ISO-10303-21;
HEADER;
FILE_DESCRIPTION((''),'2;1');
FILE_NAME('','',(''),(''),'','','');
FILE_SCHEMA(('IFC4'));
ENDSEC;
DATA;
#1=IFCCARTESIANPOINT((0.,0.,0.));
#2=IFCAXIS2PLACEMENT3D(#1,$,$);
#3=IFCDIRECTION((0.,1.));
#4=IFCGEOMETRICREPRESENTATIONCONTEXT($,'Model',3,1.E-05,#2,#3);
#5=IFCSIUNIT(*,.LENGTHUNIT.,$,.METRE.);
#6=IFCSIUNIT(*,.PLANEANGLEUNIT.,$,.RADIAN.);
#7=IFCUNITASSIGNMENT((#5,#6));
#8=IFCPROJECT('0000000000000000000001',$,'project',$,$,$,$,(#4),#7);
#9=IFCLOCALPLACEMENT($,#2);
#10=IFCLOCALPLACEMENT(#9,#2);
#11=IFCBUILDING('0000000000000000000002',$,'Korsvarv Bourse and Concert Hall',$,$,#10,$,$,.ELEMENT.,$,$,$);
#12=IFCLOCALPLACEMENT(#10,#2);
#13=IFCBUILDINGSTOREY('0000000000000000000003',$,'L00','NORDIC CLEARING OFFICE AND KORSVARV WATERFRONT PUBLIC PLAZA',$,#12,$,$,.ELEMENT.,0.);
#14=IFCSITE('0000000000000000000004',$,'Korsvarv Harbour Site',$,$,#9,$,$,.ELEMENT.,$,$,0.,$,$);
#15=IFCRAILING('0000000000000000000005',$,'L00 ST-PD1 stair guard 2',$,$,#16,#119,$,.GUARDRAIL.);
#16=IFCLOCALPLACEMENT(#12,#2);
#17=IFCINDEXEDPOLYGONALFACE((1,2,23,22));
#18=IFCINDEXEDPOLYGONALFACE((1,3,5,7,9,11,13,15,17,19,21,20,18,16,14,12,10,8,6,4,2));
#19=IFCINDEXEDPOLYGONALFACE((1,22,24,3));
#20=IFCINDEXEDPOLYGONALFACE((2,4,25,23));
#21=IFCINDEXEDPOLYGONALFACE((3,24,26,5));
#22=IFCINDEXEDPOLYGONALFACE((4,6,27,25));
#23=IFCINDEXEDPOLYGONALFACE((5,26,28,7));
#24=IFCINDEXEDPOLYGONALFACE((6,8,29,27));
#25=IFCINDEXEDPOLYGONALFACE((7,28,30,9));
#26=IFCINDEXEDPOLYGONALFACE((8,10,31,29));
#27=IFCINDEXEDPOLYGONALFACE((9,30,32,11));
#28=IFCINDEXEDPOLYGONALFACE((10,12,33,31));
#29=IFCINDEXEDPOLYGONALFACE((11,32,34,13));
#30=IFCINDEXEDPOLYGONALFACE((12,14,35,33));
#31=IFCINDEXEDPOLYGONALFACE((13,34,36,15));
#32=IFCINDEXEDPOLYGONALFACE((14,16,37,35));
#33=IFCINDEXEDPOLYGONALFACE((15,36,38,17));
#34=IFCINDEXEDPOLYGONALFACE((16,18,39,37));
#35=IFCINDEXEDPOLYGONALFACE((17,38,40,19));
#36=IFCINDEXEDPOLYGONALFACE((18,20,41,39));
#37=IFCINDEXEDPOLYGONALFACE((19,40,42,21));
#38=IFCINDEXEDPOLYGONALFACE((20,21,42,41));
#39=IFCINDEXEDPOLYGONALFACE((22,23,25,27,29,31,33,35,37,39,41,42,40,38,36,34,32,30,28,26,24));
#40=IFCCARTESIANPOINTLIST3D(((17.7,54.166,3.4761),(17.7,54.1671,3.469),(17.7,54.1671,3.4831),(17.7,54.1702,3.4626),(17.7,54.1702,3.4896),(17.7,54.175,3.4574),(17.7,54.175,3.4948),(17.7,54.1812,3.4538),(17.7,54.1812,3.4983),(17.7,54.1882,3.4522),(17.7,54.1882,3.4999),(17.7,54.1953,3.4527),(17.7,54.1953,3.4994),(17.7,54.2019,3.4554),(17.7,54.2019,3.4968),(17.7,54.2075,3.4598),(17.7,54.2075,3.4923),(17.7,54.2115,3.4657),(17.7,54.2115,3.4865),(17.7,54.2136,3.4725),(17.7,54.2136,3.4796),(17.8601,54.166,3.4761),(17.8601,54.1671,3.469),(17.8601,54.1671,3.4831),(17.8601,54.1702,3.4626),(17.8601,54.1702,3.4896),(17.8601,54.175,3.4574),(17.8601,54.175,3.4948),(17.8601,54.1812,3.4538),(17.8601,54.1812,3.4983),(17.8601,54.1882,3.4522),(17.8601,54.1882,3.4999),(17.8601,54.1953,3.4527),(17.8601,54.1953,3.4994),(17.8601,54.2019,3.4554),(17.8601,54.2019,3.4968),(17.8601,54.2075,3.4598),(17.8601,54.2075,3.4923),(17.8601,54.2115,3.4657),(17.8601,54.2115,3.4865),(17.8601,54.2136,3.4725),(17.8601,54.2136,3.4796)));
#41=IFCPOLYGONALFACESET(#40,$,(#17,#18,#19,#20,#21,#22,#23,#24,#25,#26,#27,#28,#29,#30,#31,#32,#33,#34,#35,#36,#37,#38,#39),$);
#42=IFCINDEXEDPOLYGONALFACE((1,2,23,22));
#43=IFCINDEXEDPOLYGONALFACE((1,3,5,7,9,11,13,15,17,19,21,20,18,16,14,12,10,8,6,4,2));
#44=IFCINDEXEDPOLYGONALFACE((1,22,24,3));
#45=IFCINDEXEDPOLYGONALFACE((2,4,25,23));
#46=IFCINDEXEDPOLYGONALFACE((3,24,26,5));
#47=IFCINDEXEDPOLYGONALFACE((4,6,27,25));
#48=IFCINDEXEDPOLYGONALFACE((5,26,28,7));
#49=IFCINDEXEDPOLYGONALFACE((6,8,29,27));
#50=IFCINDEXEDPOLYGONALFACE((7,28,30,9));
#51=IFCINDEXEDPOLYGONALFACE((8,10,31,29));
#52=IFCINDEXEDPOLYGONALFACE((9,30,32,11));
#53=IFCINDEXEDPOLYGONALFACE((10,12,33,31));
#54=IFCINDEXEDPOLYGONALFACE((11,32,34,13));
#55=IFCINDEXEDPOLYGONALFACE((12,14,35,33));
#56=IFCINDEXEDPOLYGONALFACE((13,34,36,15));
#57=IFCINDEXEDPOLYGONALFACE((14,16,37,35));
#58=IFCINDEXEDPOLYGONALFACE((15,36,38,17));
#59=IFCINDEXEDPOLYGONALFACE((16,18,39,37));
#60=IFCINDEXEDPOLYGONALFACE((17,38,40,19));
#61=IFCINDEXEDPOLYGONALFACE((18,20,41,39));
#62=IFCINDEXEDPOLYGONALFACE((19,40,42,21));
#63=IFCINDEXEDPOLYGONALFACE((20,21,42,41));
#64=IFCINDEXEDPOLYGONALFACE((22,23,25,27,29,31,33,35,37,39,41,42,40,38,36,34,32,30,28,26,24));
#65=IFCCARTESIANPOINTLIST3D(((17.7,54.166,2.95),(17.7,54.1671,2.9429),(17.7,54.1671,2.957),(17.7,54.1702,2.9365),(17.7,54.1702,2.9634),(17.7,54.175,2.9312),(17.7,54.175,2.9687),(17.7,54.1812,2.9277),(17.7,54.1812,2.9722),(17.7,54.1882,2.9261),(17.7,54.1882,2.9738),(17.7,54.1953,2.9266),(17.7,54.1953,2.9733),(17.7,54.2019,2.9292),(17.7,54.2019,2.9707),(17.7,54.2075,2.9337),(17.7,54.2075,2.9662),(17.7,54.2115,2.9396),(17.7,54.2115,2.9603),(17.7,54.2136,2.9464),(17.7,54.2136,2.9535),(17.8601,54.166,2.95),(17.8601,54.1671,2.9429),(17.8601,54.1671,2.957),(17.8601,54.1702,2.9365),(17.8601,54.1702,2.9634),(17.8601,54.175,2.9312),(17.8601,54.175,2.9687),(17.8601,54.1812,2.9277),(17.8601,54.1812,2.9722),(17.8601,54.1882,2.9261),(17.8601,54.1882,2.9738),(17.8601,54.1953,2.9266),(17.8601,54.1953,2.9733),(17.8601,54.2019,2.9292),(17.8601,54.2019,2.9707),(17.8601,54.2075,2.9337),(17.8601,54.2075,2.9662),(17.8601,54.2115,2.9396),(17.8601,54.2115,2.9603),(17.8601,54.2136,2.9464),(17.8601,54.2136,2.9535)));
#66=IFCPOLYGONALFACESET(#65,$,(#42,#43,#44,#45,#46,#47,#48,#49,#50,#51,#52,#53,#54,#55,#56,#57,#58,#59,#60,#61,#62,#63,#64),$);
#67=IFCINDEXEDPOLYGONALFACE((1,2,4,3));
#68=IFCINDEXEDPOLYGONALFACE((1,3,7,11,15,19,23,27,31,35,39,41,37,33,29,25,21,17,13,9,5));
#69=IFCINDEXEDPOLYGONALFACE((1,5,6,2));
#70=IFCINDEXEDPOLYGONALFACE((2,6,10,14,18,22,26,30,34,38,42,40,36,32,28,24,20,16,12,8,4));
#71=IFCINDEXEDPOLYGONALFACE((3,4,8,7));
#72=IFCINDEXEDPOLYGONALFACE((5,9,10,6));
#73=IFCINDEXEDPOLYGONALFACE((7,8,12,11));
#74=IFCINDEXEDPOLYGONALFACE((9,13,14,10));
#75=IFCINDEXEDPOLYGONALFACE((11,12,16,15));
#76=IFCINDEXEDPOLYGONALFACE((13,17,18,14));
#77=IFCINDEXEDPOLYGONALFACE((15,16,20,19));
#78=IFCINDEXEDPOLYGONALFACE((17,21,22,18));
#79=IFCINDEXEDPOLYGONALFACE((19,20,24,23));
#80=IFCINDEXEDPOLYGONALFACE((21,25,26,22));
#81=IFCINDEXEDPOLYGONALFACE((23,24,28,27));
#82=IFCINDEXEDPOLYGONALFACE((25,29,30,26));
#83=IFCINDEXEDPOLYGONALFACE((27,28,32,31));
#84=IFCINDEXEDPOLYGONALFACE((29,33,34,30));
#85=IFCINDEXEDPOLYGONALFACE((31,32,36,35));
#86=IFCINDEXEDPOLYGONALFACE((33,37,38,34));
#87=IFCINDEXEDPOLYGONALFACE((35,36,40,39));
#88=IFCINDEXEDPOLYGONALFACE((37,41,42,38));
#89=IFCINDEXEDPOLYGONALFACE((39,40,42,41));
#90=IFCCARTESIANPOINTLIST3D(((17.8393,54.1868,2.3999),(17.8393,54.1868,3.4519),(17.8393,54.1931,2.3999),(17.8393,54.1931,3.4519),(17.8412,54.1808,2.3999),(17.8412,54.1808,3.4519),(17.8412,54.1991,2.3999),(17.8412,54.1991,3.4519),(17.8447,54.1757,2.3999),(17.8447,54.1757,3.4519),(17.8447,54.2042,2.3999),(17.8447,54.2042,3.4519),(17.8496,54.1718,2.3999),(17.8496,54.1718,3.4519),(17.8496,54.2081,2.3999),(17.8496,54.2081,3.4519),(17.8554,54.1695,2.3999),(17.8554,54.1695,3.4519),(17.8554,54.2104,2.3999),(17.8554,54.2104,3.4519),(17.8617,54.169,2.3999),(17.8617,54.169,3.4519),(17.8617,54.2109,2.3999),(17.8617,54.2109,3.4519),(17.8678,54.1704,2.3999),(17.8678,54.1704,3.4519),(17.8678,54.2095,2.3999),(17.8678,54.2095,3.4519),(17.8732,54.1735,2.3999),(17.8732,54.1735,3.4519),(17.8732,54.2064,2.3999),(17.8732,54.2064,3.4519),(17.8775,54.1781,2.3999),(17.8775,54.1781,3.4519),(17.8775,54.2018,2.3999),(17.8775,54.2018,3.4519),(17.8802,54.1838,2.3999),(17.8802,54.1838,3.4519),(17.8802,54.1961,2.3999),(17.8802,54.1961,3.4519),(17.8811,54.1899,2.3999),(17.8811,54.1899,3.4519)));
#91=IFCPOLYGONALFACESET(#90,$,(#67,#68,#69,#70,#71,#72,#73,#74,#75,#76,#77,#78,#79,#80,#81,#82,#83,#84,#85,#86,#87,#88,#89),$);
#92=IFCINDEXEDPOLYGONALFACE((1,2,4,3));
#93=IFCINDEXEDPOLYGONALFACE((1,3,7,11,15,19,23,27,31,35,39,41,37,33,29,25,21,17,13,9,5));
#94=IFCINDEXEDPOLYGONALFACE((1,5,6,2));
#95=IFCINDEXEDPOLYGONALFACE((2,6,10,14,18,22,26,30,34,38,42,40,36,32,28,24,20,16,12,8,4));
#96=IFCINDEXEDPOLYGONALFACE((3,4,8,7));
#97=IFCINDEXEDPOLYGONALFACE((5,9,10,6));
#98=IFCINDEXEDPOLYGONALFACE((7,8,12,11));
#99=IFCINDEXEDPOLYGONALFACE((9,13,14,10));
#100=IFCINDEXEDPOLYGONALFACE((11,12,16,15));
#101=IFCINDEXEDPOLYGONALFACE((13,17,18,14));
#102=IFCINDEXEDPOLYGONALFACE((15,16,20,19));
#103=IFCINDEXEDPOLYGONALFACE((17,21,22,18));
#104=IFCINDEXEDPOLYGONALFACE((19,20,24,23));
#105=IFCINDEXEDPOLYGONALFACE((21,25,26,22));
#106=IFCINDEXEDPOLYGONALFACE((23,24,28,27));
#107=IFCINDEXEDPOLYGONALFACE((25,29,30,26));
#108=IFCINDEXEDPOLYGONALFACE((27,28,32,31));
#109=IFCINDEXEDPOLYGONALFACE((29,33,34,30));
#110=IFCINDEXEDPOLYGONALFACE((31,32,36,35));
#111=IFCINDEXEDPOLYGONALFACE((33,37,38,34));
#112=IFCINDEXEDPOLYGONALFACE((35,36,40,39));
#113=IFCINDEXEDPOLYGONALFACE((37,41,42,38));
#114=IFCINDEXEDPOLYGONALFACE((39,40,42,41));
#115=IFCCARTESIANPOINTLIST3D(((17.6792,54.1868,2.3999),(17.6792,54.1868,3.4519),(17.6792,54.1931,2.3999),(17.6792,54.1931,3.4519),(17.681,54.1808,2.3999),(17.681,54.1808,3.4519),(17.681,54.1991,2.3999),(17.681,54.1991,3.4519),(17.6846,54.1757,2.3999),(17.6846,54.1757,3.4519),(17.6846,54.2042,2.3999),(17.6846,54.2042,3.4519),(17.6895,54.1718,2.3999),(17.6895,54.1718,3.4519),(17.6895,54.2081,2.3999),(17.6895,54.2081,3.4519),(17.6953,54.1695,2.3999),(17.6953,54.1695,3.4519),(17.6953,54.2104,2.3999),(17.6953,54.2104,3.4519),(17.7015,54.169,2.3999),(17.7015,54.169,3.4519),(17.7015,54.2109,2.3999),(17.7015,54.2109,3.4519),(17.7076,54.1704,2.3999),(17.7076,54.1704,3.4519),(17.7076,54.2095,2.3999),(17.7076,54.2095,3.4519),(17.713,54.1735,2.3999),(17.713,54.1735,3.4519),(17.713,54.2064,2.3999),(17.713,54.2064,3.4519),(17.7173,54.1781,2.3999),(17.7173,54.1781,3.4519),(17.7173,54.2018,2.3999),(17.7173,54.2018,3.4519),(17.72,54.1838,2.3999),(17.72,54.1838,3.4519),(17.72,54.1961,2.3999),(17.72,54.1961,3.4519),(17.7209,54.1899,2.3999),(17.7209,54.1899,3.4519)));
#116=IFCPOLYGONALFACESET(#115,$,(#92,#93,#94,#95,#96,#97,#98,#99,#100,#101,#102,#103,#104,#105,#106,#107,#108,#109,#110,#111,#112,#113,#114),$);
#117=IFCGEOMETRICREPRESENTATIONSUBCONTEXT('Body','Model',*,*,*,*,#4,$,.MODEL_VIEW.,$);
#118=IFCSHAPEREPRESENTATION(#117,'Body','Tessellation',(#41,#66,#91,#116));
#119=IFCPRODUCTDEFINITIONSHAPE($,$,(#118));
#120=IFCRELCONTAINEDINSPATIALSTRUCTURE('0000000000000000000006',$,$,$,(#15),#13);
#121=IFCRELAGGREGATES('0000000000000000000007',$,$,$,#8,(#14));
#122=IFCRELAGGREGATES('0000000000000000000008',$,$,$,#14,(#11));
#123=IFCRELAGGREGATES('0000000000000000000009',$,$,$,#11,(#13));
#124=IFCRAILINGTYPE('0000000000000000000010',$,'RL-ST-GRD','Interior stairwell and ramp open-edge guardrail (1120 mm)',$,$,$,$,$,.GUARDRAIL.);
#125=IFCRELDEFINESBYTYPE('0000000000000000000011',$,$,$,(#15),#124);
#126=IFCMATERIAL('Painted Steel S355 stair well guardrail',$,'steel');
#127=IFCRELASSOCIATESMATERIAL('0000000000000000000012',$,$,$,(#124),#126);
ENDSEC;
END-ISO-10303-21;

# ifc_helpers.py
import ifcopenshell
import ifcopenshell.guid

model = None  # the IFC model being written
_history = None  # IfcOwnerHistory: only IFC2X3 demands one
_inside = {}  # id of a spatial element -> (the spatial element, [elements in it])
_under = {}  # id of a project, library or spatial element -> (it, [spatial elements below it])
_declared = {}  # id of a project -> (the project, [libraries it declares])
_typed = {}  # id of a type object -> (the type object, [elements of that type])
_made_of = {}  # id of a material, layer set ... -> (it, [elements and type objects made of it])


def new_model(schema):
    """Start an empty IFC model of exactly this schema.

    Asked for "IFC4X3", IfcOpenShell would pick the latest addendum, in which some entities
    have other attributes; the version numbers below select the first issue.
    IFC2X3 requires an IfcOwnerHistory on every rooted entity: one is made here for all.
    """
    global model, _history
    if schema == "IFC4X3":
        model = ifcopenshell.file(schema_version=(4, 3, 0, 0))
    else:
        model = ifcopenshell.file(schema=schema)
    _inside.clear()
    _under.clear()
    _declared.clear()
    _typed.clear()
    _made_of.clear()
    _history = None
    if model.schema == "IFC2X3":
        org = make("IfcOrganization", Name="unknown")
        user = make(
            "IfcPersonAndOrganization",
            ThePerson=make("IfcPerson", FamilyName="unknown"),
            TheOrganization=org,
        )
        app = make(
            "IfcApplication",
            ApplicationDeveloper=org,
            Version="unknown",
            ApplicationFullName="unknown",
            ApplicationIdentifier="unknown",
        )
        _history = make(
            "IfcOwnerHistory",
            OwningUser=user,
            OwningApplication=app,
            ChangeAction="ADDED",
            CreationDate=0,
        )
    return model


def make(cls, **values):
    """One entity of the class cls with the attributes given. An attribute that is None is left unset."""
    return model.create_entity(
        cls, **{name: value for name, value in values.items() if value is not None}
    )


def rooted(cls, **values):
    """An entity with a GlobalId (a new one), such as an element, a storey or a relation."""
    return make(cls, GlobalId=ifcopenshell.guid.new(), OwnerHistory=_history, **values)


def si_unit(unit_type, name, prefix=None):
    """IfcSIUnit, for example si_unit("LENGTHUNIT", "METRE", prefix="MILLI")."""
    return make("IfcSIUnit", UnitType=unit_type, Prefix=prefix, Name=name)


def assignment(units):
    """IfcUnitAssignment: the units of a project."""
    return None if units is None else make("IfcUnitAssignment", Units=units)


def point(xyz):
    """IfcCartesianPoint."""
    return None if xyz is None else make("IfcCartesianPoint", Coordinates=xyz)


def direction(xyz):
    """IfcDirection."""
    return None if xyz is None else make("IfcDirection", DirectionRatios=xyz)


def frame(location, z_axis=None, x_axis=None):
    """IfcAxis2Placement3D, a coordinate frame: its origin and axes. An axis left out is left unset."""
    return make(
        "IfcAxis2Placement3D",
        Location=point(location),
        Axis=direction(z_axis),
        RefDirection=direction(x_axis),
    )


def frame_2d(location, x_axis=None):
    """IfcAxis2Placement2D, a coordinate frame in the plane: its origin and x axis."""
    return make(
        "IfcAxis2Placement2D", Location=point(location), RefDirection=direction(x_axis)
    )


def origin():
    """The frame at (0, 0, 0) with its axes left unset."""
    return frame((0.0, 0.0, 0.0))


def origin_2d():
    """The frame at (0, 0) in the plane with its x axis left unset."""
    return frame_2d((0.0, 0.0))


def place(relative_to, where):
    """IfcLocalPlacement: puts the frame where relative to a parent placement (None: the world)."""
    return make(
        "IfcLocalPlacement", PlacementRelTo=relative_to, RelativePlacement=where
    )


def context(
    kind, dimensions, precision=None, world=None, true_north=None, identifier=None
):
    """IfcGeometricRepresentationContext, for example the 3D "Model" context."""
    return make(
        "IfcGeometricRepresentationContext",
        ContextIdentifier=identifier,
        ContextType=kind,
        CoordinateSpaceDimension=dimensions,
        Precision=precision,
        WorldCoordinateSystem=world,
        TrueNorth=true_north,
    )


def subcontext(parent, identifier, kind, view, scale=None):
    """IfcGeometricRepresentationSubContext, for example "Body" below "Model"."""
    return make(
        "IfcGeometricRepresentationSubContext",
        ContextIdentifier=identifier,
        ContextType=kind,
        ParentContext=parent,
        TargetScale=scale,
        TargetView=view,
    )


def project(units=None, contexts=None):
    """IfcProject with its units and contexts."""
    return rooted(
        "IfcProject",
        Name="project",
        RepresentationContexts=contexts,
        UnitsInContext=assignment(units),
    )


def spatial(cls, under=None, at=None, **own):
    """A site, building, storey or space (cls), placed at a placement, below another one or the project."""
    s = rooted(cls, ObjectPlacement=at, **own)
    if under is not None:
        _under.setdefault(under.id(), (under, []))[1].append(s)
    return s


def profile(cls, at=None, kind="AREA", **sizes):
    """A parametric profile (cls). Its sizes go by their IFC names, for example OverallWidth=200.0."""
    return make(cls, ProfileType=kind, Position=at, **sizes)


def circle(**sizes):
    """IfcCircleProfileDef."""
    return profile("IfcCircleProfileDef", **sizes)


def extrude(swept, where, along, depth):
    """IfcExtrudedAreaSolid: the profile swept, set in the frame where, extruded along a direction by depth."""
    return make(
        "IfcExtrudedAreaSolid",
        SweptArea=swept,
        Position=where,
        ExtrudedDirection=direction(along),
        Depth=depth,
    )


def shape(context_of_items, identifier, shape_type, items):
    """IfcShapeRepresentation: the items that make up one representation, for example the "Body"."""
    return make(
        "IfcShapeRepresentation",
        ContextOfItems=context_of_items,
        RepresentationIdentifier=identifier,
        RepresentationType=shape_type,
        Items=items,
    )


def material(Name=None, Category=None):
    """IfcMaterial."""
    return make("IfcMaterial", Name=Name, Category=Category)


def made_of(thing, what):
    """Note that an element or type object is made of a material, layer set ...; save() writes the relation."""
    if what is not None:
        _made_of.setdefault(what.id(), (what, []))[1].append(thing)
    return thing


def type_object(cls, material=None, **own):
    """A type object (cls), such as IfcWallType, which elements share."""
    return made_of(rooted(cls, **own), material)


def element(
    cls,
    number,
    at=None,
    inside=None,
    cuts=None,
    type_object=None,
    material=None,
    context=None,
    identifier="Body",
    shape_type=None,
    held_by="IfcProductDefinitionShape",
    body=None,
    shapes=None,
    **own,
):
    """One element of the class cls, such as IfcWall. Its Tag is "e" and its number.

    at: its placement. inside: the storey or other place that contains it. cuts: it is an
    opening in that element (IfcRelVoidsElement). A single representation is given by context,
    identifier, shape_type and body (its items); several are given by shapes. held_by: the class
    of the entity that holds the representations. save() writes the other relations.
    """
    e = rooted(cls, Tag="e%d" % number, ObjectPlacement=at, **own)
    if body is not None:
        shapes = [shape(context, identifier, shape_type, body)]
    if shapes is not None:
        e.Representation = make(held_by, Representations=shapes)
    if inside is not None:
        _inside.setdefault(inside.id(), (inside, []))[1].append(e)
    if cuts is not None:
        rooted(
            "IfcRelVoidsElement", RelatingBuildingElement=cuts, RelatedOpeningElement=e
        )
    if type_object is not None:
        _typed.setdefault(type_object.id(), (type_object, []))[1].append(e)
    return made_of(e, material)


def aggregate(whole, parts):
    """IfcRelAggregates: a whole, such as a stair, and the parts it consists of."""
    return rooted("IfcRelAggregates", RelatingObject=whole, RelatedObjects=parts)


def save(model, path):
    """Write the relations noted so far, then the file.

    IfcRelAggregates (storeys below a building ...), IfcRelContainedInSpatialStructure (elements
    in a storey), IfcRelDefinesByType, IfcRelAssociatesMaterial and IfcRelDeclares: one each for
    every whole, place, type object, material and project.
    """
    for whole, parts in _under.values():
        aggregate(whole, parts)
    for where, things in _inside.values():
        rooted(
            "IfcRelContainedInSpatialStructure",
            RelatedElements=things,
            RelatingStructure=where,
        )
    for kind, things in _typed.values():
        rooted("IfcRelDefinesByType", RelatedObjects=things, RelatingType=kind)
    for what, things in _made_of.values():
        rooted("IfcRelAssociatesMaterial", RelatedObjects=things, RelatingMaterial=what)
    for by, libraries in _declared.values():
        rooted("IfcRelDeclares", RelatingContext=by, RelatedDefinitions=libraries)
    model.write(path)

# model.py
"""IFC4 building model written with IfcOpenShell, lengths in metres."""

from ifc_helpers import new_model, si_unit, direction, frame, origin, origin_2d, place, context, subcontext, project, spatial, circle, extrude, material, type_object, element, save


model = new_model("IFC4")

# Units and contexts
model_context = context("Model", 3, precision=1e-05, world=origin(), true_north=direction((0.0, 1.0)))
body_context = subcontext(model_context, "Body", "Model", "MODEL_VIEW")
ifc_project = project(units=[si_unit("LENGTHUNIT", "METRE"), si_unit("PLANEANGLEUNIT", "RADIAN")], contexts=[model_context])

# Site, building, storey
site_placement = place(None, origin())
site = spatial("IfcSite", under=ifc_project, at=site_placement, Name="Korsvarv Harbour Site", CompositionType="ELEMENT", RefElevation=0.0)
building_placement = place(site_placement, origin())
building = spatial("IfcBuilding", under=site, at=building_placement, Name="Korsvarv Bourse and Concert Hall", CompositionType="ELEMENT")
storey_placement = place(building_placement, origin())
storey = spatial("IfcBuildingStorey", under=building, at=storey_placement, Name="L00", Description="NORDIC CLEARING OFFICE AND KORSVARV WATERFRONT PUBLIC PLAZA", CompositionType="ELEMENT", Elevation=0.0)

# Railing
ifc_material_1 = material(Name="Painted Steel S355 stair well guardrail", Category="steel")
railing_type_1 = type_object("IfcRailingType", Name="RL-ST-GRD", Description="Interior stairwell and ramp open-edge guardrail (1120 mm)", PredefinedType="GUARDRAIL", material=ifc_material_1)
railing_1_placement = place(storey_placement, frame((17.8601, 54.1899, 2.3999)))
element("IfcRailing", 1, at=railing_1_placement, inside=storey, type_object=railing_type_1, Name="L00 ST-PD1 stair guard 2", PredefinedType="GUARDRAIL", context=body_context, shape_type="SweptSolid", body=[
    extrude(circle(Radius=0.0239, at=origin_2d()), frame((0.0, 0.0, 1.0762), z_axis=(-1.0, 0.0, 0.0), x_axis=(0.0, -1.0, 0.0)), (0.0, 0.0, 1.0), 0.1602),
    extrude(circle(Radius=0.0239, at=origin_2d()), frame((0.0, 0.0, 0.55), z_axis=(-1.0, 0.0, 0.0), x_axis=(0.0, -1.0, 0.0)), (0.0, 0.0, 1.0), 0.1602),
    extrude(circle(Radius=0.021, at=origin_2d()), origin(), (0.0, 0.0, 1.0), 1.052),
    extrude(circle(Radius=0.021, at=origin_2d()), frame((-0.1602, 0.0, 0.0)), (0.0, 0.0, 1.0), 1.052),
])

save(model, "model.ifc")
